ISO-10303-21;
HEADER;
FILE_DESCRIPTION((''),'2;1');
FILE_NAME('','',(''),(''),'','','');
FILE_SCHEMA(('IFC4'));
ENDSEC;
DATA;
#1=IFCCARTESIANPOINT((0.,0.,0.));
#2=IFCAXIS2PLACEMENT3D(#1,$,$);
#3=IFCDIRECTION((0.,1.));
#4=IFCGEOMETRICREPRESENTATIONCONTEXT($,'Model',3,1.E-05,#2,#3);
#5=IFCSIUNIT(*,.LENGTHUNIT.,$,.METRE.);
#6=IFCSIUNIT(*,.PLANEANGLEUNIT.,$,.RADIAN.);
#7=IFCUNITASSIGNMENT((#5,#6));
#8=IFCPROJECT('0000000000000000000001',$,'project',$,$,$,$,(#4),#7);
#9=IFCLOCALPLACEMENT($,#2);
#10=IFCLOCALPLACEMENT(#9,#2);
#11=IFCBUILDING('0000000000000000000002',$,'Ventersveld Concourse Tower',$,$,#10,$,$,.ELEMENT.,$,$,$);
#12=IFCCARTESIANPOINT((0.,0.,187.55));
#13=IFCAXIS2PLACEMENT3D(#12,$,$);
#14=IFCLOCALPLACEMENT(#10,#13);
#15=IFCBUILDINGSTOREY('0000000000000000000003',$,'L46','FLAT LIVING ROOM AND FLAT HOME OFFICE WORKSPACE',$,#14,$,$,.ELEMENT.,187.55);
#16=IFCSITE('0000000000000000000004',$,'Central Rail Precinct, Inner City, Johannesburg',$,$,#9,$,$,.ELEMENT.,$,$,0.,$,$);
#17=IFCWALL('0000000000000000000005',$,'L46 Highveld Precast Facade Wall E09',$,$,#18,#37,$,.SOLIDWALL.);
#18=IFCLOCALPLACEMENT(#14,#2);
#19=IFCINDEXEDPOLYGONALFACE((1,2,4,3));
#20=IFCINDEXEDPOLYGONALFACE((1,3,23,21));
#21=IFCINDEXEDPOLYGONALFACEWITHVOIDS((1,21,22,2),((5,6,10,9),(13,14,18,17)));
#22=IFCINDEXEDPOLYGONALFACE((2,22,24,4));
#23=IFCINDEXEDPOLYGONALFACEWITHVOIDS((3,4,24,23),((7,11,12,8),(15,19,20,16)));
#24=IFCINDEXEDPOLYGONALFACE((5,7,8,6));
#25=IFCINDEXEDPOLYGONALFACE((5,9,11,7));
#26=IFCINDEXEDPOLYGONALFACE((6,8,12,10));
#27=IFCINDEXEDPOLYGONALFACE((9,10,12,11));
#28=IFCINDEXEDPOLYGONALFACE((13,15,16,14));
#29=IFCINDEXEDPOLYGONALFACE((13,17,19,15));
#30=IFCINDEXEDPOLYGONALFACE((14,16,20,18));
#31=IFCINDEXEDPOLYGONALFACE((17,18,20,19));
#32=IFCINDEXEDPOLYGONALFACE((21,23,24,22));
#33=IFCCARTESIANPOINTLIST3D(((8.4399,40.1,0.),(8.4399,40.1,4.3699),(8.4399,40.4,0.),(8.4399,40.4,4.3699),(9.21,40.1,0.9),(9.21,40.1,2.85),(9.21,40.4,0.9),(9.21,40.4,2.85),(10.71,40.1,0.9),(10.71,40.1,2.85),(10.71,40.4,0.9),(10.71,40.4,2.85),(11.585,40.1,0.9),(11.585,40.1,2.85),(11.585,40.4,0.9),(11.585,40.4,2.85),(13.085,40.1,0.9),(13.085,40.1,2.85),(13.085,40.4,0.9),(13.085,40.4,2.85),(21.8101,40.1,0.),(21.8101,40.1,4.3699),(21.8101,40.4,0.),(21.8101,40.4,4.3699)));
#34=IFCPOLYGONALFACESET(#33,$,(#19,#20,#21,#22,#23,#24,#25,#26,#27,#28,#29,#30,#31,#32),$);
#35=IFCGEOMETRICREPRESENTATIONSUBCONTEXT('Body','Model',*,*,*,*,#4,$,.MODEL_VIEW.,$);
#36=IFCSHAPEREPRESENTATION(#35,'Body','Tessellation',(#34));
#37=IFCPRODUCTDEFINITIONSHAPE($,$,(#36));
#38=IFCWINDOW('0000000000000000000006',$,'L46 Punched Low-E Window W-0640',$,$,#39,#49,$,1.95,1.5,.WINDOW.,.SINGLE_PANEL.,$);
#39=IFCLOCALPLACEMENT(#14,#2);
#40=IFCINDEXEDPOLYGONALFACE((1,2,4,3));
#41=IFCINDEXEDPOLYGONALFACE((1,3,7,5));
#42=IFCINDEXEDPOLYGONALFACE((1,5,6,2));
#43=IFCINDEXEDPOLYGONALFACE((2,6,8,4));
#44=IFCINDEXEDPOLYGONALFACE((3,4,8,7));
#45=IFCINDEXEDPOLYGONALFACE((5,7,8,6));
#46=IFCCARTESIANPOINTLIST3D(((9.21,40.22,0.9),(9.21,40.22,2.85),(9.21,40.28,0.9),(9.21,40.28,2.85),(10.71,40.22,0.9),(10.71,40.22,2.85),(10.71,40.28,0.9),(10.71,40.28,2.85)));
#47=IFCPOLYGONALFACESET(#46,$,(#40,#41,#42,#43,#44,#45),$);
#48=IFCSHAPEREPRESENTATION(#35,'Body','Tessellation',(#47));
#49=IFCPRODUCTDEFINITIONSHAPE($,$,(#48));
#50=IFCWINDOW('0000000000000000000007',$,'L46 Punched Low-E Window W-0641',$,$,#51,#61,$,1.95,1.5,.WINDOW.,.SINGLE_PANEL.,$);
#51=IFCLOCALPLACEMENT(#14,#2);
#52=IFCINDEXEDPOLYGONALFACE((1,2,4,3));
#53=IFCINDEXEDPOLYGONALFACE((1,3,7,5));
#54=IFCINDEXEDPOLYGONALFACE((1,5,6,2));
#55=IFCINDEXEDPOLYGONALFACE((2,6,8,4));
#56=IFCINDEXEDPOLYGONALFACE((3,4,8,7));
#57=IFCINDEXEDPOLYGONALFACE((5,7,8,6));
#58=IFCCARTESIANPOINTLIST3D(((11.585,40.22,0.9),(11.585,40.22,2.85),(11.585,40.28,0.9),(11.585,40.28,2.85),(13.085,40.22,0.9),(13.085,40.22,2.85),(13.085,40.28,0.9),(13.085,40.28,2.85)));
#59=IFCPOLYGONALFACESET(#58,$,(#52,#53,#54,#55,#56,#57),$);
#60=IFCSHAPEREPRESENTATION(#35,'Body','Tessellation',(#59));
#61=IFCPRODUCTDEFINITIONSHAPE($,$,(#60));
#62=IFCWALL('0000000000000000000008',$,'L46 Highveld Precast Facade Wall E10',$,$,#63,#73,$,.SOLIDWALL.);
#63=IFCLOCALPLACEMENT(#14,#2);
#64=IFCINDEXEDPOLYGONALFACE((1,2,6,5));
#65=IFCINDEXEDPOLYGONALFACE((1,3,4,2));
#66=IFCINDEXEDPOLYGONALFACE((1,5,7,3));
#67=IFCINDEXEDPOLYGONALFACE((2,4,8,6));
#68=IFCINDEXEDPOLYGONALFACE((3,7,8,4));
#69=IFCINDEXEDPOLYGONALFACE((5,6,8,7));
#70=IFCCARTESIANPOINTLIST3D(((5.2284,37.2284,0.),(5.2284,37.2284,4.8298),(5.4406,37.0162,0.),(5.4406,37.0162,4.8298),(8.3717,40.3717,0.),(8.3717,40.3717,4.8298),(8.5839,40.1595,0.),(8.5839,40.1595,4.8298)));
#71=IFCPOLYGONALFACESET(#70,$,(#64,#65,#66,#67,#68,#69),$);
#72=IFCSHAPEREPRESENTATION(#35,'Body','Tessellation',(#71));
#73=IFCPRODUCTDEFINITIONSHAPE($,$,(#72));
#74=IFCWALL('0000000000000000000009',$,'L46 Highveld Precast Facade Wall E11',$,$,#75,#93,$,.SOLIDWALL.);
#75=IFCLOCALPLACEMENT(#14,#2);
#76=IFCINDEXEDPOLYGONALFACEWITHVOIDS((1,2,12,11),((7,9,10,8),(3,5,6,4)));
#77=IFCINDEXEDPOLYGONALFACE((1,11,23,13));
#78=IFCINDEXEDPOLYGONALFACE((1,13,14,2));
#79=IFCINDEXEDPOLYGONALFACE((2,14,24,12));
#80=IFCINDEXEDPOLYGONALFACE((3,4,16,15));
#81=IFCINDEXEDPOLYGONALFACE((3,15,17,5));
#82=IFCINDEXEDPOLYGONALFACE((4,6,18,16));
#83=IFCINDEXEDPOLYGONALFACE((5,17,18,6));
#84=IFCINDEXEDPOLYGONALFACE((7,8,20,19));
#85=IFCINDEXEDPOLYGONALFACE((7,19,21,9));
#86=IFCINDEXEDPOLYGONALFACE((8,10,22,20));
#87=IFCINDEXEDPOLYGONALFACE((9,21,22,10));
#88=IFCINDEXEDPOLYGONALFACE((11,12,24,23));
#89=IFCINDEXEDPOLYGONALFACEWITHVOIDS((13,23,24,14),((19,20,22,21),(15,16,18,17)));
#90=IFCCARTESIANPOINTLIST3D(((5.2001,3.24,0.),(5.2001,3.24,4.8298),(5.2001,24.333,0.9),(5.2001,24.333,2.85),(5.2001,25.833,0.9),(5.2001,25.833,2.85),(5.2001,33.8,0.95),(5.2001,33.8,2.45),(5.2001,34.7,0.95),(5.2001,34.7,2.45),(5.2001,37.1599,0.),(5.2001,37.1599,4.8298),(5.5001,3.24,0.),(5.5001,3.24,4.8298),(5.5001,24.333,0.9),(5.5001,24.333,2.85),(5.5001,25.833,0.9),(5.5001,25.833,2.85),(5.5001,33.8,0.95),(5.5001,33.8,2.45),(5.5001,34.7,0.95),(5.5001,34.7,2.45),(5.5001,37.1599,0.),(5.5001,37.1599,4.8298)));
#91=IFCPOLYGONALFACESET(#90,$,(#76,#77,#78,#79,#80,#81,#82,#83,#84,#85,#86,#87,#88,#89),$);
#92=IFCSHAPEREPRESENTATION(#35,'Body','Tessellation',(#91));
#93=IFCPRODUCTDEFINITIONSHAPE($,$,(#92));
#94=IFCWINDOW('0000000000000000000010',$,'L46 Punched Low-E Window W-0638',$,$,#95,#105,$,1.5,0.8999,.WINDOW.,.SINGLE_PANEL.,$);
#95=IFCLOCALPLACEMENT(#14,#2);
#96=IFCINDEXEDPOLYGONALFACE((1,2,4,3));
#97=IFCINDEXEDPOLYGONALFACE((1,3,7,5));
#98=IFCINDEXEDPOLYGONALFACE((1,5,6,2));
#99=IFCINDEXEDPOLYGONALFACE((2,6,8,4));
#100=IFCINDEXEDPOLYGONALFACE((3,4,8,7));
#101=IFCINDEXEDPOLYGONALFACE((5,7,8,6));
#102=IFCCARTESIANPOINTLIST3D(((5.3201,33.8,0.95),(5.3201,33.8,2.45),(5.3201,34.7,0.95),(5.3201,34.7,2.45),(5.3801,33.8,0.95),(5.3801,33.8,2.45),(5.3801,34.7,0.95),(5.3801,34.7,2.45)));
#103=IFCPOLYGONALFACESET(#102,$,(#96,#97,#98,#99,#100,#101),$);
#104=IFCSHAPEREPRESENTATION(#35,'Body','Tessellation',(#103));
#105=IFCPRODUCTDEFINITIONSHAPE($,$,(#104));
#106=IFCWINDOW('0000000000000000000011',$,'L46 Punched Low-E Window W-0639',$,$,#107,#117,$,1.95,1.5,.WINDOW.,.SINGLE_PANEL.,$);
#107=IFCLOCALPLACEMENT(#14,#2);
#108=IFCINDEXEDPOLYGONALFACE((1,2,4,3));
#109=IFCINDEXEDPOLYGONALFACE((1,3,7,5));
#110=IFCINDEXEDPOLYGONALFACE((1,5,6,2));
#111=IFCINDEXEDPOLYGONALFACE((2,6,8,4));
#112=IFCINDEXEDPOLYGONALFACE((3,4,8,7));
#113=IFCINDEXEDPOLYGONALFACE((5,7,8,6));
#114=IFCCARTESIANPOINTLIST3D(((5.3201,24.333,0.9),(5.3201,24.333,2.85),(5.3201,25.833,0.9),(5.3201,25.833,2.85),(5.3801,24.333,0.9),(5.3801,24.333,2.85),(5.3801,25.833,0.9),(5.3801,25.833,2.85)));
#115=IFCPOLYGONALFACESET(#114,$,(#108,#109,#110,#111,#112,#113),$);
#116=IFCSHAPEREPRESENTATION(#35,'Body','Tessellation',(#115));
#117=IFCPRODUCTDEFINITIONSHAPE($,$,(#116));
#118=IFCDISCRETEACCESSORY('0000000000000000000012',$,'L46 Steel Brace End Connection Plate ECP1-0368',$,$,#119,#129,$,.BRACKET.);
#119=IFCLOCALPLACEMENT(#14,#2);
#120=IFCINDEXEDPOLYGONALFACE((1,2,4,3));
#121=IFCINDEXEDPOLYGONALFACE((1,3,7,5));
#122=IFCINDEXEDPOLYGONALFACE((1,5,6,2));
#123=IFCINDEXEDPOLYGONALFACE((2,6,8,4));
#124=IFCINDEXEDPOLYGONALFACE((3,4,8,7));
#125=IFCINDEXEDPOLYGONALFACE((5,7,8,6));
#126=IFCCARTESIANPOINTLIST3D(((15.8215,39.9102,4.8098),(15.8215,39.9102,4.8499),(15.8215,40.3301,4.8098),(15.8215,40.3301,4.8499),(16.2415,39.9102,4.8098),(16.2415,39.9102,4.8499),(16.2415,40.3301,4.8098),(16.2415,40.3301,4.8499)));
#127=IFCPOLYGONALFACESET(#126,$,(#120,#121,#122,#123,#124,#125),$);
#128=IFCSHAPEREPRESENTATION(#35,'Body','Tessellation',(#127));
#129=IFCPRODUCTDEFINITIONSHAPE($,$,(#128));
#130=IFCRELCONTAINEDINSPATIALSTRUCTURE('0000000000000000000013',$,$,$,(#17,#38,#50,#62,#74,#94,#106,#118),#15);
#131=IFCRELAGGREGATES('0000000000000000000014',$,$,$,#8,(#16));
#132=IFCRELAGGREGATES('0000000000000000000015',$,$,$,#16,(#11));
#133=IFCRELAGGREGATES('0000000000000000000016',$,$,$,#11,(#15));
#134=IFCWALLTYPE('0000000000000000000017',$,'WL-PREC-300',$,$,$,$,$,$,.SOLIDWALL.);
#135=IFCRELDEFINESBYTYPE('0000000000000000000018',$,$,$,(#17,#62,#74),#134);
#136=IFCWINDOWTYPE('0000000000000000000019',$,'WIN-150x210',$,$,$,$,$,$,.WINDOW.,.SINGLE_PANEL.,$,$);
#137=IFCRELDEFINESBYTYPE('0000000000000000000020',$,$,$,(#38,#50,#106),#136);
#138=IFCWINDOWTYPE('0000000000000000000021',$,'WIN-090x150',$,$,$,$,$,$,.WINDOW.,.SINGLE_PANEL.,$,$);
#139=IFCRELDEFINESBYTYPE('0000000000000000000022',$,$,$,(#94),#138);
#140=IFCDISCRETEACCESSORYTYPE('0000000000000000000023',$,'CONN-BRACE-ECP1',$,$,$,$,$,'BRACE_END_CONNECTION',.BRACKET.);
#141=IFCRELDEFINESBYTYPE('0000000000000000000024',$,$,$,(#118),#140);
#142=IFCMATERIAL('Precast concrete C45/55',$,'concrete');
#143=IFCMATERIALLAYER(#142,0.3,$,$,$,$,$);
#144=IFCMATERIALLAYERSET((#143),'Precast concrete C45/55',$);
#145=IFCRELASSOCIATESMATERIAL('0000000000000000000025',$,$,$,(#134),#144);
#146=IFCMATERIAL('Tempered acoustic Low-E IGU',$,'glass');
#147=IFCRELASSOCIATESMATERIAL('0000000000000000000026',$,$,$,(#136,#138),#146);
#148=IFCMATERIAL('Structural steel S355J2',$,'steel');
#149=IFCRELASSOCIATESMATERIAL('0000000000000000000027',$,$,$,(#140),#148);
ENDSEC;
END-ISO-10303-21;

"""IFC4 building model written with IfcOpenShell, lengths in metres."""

from ifc_helpers import new_model, si_unit, direction, frame, frame_2d, origin, origin_2d, place, context, subcontext, project, spatial, rectangle, extrude, material, layer, layer_set, type_object, element, fill, save


model = new_model("IFC4")

# Units and contexts
model_context = context("Model", 3, precision=1e-05, world=origin(), true_north=direction((0.0, 1.0)))
body_context = subcontext(model_context, "Body", "Model", "MODEL_VIEW")
ifc_project = project(units=[si_unit("LENGTHUNIT", "METRE"), si_unit("PLANEANGLEUNIT", "RADIAN")], contexts=[model_context])

# Site, building, storey
site_placement = place(None, origin())
site = spatial("IfcSite", under=ifc_project, at=site_placement, Name="Central Rail Precinct, Inner City, Johannesburg", CompositionType="ELEMENT", RefElevation=0.0)
building_placement = place(site_placement, origin())
building = spatial("IfcBuilding", under=site, at=building_placement, Name="Ventersveld Concourse Tower", CompositionType="ELEMENT")
storey_placement = place(building_placement, frame((0.0, 0.0, 187.55)))
storey = spatial("IfcBuildingStorey", under=building, at=storey_placement, Name="L46", Description="FLAT LIVING ROOM AND FLAT HOME OFFICE WORKSPACE", CompositionType="ELEMENT", Elevation=187.55)

# Shared definitions
ifc_material_1 = material(Name="Structural steel S355J2", Category="steel")

# Shared definitions
ifc_material_2 = material(Name="Precast concrete C45/55", Category="concrete")
ifc_layer_1 = layer(ifc_material_2, 0.3)
ifc_layer_set_1 = layer_set([ifc_layer_1], Name="Precast concrete C45/55")
wall_type_1 = type_object("IfcWallType", Name="WL-PREC-300", PredefinedType="SOLIDWALL", material=ifc_layer_set_1)

# Wall, openings, windows
wall_1_placement = place(storey_placement, frame((21.8101, 40.25, 0.0), z_axis=(0.0, 0.0, 1.0), x_axis=(-1.0, 0.0, 0.0)))
wall_1 = element("IfcWall", 1, at=wall_1_placement, inside=storey, type_object=wall_type_1, Name="L46 Highveld Precast Facade Wall E09", PredefinedType="SOLIDWALL", context=body_context, shape_type="SweptSolid", body=[
    extrude(rectangle(XDim=13.3701, YDim=0.3, at=frame_2d((6.6851, 0.0))), origin(), (0.0, 0.0, 1.0), 4.3699),
])
opening_1_placement = place(wall_1_placement, frame((11.1001, 0.0, 0.8999)))
opening_1 = element("IfcOpeningElement", 2, at=opening_1_placement, cuts=wall_1, PredefinedType="OPENING", context=body_context, shape_type="SweptSolid", body=[
    extrude(rectangle(XDim=1.5, YDim=1.95, at=frame_2d((0.75, 0.9751))), frame((0.0, 0.1602, 0.0), z_axis=(0.0, -1.0, 0.0), x_axis=(1.0, 0.0, 0.0)), (0.0, 0.0, 1.0), 0.3201),
])
opening_2_placement = place(wall_1_placement, frame((8.7251, 0.0, 0.8999)))
opening_2 = element("IfcOpeningElement", 3, at=opening_2_placement, cuts=wall_1, PredefinedType="OPENING", context=body_context, shape_type="SweptSolid", body=[
    extrude(rectangle(XDim=1.5, YDim=1.95, at=frame_2d((0.75, 0.9751))), frame((0.0, 0.1602, 0.0), z_axis=(0.0, -1.0, 0.0), x_axis=(1.0, 0.0, 0.0)), (0.0, 0.0, 1.0), 0.3201),
])
ifc_material_3 = material(Name="Tempered acoustic Low-E IGU", Category="glass")
window_type_1 = type_object("IfcWindowType", Name="WIN-150x210", PartitioningType="SINGLE_PANEL", PredefinedType="WINDOW", material=ifc_material_3)
window_1_placement = place(opening_1_placement, origin())
window_1 = element("IfcWindow", 4, at=window_1_placement, inside=storey, type_object=window_type_1, Name="L46 Punched Low-E Window W-0640", OverallHeight=1.95, OverallWidth=1.5, PartitioningType="SINGLE_PANEL", PredefinedType="WINDOW", context=body_context, shape_type="SweptSolid", body=[
    extrude(rectangle(XDim=1.5, YDim=1.95, at=frame_2d((0.75, 0.9751))), frame((0.0, 0.03, 0.0), z_axis=(0.0, -1.0, 0.0), x_axis=(1.0, 0.0, 0.0)), (0.0, 0.0, 1.0), 0.0601),
])
fill(opening_1, window_1)
window_2_placement = place(opening_2_placement, origin())
window_2 = element("IfcWindow", 5, at=window_2_placement, inside=storey, type_object=window_type_1, Name="L46 Punched Low-E Window W-0641", OverallHeight=1.95, OverallWidth=1.5, PartitioningType="SINGLE_PANEL", PredefinedType="WINDOW", context=body_context, shape_type="SweptSolid", body=[
    extrude(rectangle(XDim=1.5, YDim=1.95, at=frame_2d((0.75, 0.9751))), frame((0.0, 0.03, 0.0), z_axis=(0.0, -1.0, 0.0), x_axis=(1.0, 0.0, 0.0)), (0.0, 0.0, 1.0), 0.0601),
])
fill(opening_2, window_2)

# Wall
wall_2_placement = place(storey_placement, frame((8.4778, 40.2656, 0.0), z_axis=(0.0, 0.0, 1.0), x_axis=(-0.707107, -0.707107, 0.0)))
element("IfcWall", 6, at=wall_2_placement, inside=storey, type_object=wall_type_1, Name="L46 Highveld Precast Facade Wall E10", PredefinedType="SOLIDWALL", context=body_context, shape_type="SweptSolid", body=[
    extrude(rectangle(XDim=4.4453, YDim=0.3, at=frame_2d((2.2227, 0.0))), origin(), (0.0, 0.0, 1.0), 4.8298),
])

# Wall, openings, windows
wall_3_placement = place(storey_placement, frame((5.3501, 37.1599, 0.0), z_axis=(0.0, 0.0, 1.0), x_axis=(0.0, -1.0, 0.0)))
wall_3 = element("IfcWall", 7, at=wall_3_placement, inside=storey, type_object=wall_type_1, Name="L46 Highveld Precast Facade Wall E11", PredefinedType="SOLIDWALL", context=body_context, shape_type="SweptSolid", body=[
    extrude(rectangle(XDim=33.9199, YDim=0.3, at=frame_2d((16.96, 0.0))), origin(), (0.0, 0.0, 1.0), 4.8298),
])
opening_3_placement = place(wall_3_placement, frame((2.46, 0.0, 0.95)))
opening_3 = element("IfcOpeningElement", 8, at=opening_3_placement, cuts=wall_3, PredefinedType="OPENING", context=body_context, shape_type="SweptSolid", body=[
    extrude(rectangle(XDim=0.8999, YDim=1.5, at=frame_2d((0.45, 0.75))), frame((0.0, 0.1602, 0.0), z_axis=(0.0, -1.0, 0.0), x_axis=(1.0, 0.0, 0.0)), (0.0, 0.0, 1.0), 0.3201),
])
opening_4_placement = place(wall_3_placement, frame((11.3269, 0.0, 0.8999)))
opening_4 = element("IfcOpeningElement", 9, at=opening_4_placement, cuts=wall_3, PredefinedType="OPENING", context=body_context, shape_type="SweptSolid", body=[
    extrude(rectangle(XDim=1.5, YDim=1.95, at=frame_2d((0.75, 0.9751))), frame((0.0, 0.1602, 0.0), z_axis=(0.0, -1.0, 0.0), x_axis=(1.0, 0.0, 0.0)), (0.0, 0.0, 1.0), 0.3201),
])
window_type_2 = type_object("IfcWindowType", Name="WIN-090x150", PartitioningType="SINGLE_PANEL", PredefinedType="WINDOW", material=ifc_material_3)
window_3_placement = place(opening_3_placement, origin())
window_3 = element("IfcWindow", 10, at=window_3_placement, inside=storey, type_object=window_type_2, Name="L46 Punched Low-E Window W-0638", OverallHeight=1.5, OverallWidth=0.8999, PartitioningType="SINGLE_PANEL", PredefinedType="WINDOW", context=body_context, shape_type="SweptSolid", body=[
    extrude(rectangle(XDim=0.8999, YDim=1.5, at=frame_2d((0.45, 0.75))), frame((0.0, 0.03, 0.0), z_axis=(0.0, -1.0, 0.0), x_axis=(1.0, 0.0, 0.0)), (0.0, 0.0, 1.0), 0.0601),
])
fill(opening_3, window_3)
window_4_placement = place(opening_4_placement, origin())
window_4 = element("IfcWindow", 11, at=window_4_placement, inside=storey, type_object=window_type_1, Name="L46 Punched Low-E Window W-0639", OverallHeight=1.95, OverallWidth=1.5, PartitioningType="SINGLE_PANEL", PredefinedType="WINDOW", context=body_context, shape_type="SweptSolid", body=[
    extrude(rectangle(XDim=1.5, YDim=1.95, at=frame_2d((0.75, 0.9751))), frame((0.0, 0.03, 0.0), z_axis=(0.0, -1.0, 0.0), x_axis=(1.0, 0.0, 0.0)), (0.0, 0.0, 1.0), 0.0601),
])
fill(opening_4, window_4)

# Discrete accessory
discrete_accessory_type = type_object("IfcDiscreteAccessoryType", Name="CONN-BRACE-ECP1", ElementType="BRACE_END_CONNECTION", PredefinedType="BRACKET", material=ifc_material_1)
discrete_accessory_placement = place(storey_placement, frame((16.0315, 40.1201, 4.8098), z_axis=(0.0, 0.0, 1.0), x_axis=(1.0, 0.0, 0.0)))
element("IfcDiscreteAccessory", 12, at=discrete_accessory_placement, inside=storey, type_object=discrete_accessory_type, Name="L46 Steel Brace End Connection Plate ECP1-0368", PredefinedType="BRACKET", context=body_context, shape_type="SweptSolid", body=[
    extrude(rectangle(XDim=0.4199, YDim=0.4199, at=origin_2d()), origin(), (0.0, 0.0, 1.0), 0.04),
])

save(model, "model.ifc")
